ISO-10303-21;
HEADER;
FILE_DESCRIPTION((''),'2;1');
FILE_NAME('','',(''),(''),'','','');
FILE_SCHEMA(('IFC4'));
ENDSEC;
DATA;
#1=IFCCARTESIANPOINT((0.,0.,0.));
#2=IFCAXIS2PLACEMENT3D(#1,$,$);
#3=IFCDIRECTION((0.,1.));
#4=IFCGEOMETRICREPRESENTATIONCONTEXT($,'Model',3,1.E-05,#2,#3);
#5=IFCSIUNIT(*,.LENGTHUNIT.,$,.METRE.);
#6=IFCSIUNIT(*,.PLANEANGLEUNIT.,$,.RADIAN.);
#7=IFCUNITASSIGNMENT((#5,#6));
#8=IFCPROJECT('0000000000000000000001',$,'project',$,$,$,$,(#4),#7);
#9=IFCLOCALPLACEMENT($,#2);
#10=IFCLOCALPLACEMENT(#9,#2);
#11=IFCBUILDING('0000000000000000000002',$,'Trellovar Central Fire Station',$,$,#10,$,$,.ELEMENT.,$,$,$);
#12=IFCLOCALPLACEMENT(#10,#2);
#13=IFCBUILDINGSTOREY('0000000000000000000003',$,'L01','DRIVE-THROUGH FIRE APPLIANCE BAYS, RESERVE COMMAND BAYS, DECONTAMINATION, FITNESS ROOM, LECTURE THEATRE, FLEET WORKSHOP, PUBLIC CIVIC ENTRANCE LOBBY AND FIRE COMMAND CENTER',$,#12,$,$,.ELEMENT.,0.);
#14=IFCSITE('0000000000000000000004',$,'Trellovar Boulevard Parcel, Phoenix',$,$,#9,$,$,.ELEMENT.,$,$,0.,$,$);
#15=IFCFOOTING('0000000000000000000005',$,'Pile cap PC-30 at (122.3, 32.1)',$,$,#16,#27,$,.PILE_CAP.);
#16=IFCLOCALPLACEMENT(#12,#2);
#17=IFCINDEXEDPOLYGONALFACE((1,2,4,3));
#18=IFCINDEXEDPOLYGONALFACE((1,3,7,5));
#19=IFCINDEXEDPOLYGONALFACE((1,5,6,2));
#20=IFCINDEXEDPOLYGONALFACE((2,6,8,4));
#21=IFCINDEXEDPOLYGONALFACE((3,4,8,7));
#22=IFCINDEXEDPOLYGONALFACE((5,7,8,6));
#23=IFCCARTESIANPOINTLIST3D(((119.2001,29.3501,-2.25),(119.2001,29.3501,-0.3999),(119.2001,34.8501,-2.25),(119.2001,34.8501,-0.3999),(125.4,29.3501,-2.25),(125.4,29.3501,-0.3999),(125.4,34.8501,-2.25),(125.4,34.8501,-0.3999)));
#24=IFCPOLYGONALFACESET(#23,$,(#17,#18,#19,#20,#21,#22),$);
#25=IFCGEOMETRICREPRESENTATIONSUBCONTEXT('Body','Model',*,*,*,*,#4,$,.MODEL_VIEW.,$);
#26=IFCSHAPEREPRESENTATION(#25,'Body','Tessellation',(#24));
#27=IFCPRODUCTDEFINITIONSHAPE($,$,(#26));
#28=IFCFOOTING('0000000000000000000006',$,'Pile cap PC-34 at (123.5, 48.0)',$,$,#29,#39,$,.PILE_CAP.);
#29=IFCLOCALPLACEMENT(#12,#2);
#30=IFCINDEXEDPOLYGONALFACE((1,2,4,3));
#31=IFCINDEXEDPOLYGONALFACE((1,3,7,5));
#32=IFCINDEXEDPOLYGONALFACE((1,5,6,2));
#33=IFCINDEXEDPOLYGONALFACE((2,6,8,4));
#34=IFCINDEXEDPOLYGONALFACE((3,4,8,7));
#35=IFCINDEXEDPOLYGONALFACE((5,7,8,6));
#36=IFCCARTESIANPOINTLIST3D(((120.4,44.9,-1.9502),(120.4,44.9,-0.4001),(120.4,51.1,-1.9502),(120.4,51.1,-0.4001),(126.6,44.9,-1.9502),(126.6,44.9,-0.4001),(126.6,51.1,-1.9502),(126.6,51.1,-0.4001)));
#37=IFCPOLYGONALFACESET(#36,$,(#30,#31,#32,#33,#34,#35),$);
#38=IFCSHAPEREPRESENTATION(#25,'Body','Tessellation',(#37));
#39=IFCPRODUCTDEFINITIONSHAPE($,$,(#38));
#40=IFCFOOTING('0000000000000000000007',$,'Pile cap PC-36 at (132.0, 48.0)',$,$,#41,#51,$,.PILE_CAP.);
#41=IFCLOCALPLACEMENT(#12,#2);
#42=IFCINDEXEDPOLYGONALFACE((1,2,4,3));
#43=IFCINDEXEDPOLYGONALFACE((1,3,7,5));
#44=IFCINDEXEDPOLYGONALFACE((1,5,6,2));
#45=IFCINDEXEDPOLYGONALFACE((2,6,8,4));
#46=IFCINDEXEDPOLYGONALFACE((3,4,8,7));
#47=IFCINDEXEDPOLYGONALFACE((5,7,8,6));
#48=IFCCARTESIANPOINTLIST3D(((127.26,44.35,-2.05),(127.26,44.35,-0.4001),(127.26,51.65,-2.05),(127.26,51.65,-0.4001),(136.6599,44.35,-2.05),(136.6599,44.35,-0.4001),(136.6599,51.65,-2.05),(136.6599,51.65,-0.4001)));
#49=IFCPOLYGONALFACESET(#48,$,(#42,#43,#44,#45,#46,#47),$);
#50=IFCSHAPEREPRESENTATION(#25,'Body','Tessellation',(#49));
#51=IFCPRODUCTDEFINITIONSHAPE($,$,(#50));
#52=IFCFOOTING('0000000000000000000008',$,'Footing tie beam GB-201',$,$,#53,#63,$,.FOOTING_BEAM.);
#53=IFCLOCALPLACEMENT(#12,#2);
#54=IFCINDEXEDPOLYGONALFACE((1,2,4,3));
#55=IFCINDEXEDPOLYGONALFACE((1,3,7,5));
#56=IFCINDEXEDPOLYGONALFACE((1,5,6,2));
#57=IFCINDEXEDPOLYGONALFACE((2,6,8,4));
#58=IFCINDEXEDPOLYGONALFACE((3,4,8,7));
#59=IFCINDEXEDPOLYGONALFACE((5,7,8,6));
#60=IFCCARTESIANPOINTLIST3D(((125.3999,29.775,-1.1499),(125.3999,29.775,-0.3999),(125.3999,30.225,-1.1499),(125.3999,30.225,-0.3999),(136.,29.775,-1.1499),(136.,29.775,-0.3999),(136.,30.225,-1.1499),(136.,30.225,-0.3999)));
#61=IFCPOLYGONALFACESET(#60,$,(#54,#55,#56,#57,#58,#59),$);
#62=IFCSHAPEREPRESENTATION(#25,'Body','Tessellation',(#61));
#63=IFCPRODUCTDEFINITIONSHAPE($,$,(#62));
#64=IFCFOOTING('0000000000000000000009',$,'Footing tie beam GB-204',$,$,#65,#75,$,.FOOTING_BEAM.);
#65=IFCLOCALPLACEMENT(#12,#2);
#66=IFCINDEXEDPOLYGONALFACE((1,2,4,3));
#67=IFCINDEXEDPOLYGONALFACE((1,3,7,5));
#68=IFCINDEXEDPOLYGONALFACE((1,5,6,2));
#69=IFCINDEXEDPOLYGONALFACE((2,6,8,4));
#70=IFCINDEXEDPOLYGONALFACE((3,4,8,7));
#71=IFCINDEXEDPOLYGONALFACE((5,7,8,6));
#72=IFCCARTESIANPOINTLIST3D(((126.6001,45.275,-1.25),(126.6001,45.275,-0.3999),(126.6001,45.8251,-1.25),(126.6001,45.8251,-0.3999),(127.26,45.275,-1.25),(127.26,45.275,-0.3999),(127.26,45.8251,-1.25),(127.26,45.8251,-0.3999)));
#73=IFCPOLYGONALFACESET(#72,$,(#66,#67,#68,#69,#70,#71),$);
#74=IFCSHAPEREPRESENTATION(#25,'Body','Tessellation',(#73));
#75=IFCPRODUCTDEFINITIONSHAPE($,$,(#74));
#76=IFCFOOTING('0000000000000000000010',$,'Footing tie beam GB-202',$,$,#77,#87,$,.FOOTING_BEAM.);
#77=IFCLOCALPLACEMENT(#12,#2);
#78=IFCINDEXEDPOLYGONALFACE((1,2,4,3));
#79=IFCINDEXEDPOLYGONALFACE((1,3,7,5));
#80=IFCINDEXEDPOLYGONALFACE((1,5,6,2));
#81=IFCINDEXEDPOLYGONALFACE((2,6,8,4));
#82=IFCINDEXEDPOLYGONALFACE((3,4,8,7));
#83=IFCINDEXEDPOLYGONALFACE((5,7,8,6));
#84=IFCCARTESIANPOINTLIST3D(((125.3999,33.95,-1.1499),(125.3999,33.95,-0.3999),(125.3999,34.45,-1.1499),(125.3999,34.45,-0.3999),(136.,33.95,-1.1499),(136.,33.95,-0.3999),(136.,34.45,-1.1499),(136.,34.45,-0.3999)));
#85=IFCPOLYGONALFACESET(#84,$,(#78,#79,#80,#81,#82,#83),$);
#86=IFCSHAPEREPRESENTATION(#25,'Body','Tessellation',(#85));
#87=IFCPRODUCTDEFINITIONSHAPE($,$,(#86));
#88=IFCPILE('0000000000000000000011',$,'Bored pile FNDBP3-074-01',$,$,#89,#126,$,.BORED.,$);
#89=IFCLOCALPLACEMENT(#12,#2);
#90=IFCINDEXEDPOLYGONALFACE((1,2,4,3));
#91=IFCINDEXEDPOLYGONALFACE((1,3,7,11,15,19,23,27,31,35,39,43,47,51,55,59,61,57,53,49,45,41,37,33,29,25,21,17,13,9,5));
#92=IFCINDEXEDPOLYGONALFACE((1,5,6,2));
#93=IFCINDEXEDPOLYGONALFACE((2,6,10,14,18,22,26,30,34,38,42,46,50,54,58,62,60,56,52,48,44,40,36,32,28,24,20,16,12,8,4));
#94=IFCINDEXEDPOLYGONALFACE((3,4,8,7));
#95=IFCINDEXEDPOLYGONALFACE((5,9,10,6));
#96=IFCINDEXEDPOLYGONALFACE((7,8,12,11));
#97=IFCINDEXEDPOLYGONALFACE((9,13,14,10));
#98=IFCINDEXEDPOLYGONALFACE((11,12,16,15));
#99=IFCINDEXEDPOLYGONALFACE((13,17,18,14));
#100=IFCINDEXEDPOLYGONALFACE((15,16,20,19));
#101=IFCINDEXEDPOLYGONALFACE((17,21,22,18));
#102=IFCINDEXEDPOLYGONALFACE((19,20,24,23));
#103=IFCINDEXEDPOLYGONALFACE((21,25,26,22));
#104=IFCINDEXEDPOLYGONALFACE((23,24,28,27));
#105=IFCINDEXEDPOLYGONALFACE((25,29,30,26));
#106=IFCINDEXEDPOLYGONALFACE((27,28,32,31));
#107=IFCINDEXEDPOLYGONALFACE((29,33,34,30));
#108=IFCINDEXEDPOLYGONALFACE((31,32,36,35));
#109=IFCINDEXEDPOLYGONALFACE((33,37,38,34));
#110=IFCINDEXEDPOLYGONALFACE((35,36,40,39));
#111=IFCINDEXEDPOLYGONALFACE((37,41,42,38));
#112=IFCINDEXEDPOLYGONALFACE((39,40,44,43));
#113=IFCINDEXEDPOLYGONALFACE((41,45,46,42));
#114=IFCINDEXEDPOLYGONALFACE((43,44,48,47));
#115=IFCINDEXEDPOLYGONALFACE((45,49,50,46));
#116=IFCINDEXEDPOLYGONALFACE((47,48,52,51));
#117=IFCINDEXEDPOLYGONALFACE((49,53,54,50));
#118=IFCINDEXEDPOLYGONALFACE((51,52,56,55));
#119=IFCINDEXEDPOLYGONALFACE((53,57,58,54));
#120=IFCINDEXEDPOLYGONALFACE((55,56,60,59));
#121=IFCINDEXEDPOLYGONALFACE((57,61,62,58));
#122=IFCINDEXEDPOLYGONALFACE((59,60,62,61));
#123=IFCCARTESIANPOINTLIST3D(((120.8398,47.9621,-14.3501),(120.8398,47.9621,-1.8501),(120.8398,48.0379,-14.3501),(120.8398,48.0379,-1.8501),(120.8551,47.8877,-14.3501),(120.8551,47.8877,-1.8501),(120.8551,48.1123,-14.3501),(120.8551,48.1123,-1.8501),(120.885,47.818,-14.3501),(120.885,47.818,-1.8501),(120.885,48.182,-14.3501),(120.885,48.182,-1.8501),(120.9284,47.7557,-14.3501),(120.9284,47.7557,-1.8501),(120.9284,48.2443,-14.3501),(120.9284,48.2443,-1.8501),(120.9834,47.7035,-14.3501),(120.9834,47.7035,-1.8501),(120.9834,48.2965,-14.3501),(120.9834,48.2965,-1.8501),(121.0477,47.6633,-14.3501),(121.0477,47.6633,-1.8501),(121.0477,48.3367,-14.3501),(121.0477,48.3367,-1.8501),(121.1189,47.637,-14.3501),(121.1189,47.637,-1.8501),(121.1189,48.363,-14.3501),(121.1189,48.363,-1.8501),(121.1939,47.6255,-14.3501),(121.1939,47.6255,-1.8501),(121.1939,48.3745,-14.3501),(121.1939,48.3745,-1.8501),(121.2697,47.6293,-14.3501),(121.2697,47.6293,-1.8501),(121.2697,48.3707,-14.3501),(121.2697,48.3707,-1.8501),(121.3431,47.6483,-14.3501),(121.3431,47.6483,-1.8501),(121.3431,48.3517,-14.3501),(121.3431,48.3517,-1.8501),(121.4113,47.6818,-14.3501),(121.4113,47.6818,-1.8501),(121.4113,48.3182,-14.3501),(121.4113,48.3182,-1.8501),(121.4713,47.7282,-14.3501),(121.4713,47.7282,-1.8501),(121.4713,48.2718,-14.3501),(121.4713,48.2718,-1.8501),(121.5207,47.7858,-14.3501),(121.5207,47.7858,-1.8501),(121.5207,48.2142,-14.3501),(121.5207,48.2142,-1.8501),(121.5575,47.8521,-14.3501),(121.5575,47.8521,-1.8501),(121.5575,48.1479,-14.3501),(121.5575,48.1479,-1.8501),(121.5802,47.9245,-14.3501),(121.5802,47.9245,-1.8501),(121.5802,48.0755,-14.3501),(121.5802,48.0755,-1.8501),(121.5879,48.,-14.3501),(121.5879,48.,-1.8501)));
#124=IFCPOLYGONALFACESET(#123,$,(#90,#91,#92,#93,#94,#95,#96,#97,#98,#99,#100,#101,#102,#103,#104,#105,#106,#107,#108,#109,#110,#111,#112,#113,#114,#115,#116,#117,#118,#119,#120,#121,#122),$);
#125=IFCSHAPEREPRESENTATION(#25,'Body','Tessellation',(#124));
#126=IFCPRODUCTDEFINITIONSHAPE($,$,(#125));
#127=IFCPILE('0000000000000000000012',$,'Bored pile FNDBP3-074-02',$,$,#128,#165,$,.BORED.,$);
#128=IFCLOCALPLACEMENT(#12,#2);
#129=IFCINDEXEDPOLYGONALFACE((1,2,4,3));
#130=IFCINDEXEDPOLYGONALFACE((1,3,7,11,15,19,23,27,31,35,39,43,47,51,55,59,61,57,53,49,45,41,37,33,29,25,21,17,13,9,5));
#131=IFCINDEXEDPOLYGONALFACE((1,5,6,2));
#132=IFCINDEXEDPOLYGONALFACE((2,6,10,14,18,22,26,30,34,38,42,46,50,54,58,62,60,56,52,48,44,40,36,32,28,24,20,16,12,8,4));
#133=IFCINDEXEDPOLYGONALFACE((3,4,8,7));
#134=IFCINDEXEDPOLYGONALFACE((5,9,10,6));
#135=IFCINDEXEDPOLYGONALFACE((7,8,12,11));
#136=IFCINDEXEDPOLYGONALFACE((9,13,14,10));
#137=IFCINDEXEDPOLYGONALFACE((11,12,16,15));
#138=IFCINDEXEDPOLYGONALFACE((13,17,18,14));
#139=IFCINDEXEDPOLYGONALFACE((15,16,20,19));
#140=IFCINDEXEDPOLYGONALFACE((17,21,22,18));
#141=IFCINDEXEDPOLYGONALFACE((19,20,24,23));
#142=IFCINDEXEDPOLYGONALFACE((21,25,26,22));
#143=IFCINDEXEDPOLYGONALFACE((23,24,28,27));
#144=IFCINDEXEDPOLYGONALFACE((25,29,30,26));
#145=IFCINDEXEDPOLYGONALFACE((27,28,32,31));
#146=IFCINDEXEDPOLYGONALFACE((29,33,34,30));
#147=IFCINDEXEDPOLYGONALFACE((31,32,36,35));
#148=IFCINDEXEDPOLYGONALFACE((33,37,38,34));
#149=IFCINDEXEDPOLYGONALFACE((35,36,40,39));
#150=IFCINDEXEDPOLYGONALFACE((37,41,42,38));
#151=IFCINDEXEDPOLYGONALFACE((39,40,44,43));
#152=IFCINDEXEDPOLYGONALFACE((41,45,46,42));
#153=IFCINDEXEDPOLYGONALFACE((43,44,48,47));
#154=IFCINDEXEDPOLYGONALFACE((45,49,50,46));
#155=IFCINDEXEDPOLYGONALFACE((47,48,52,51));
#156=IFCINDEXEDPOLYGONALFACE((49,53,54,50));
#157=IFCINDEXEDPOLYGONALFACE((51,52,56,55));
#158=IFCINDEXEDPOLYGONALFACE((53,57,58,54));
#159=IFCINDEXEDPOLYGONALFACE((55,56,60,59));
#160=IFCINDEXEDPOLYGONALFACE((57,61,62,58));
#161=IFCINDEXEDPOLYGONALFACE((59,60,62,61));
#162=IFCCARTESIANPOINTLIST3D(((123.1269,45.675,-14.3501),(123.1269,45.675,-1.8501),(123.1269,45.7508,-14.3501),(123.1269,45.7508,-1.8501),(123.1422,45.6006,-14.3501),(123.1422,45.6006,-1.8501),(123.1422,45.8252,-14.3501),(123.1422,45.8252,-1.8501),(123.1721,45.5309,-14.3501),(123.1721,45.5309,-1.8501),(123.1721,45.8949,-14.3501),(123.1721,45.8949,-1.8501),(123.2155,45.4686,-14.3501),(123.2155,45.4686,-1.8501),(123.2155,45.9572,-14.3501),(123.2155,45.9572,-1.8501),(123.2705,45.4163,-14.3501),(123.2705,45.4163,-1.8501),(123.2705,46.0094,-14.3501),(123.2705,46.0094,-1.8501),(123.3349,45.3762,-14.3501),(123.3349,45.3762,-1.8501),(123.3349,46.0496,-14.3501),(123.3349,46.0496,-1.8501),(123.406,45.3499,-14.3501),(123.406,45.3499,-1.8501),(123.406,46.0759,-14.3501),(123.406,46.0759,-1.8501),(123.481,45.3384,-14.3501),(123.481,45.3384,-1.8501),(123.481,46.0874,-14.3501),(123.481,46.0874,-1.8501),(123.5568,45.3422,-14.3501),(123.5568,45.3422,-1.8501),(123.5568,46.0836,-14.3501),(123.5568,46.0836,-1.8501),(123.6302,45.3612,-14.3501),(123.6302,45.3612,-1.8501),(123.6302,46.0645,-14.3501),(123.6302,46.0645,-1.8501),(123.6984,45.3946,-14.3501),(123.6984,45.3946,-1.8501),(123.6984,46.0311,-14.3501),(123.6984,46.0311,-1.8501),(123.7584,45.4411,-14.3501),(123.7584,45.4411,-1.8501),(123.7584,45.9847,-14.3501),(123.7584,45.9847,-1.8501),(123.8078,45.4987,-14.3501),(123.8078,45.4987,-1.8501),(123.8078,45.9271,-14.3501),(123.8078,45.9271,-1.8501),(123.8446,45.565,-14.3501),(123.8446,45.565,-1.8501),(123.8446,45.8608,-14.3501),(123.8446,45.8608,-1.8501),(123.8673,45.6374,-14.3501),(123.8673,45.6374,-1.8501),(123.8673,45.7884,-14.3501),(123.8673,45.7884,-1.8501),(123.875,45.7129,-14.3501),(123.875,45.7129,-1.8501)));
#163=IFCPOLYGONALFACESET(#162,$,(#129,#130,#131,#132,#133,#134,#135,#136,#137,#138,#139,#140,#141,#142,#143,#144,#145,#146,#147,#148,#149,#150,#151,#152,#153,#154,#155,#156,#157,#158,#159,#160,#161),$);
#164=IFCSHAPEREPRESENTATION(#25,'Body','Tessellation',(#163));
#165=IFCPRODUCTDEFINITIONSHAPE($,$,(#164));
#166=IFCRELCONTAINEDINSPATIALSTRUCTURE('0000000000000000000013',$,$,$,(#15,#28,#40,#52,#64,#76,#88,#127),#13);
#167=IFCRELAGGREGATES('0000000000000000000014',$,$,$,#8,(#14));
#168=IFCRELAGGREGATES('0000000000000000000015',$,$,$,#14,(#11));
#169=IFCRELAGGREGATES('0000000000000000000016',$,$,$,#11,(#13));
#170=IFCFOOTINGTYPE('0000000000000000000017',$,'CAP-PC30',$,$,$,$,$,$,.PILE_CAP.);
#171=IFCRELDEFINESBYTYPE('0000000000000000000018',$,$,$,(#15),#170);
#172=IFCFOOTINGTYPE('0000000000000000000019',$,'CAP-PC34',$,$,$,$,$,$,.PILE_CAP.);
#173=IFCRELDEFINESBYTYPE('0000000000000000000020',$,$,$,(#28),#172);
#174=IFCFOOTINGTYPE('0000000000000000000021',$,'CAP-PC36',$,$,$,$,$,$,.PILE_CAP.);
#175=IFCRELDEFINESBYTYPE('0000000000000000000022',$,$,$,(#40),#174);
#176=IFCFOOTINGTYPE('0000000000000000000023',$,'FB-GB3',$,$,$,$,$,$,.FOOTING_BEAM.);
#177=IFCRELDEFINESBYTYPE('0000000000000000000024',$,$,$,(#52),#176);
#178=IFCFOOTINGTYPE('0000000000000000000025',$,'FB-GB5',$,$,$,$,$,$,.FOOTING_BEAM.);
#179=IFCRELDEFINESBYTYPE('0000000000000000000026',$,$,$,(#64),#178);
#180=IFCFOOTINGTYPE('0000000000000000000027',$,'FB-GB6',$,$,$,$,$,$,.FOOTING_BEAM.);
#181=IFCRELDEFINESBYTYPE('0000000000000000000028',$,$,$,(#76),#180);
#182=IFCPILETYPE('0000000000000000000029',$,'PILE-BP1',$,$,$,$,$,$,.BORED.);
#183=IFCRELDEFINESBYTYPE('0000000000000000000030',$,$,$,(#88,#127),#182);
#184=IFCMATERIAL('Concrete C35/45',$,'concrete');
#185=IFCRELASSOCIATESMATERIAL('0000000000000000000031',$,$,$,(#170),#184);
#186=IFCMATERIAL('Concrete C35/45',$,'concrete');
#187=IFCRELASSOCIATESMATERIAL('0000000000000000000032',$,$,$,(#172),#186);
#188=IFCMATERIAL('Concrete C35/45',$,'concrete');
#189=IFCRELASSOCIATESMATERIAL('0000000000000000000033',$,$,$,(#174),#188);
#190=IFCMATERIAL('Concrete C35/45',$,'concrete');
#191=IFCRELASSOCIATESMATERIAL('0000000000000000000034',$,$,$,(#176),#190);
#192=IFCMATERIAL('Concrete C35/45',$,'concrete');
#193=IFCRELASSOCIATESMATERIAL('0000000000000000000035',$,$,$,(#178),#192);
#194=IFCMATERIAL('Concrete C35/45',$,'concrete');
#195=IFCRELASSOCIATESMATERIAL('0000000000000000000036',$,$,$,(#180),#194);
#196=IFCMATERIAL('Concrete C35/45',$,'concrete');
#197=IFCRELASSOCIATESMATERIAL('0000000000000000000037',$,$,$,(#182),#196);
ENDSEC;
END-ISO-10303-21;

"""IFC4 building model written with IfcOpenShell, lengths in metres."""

from ifc_helpers import new_model, si_unit, direction, frame, origin, origin_2d, place, context, subcontext, project, spatial, rectangle, circle, extrude, material, material_profile, profile_set, type_object, element, save


model = new_model("IFC4")

# Units and contexts
model_context = context("Model", 3, precision=1e-05, world=origin(), true_north=direction((0.0, 1.0)))
body_context = subcontext(model_context, "Body", "Model", "MODEL_VIEW")
ifc_project = project(units=[si_unit("LENGTHUNIT", "METRE"), si_unit("PLANEANGLEUNIT", "RADIAN")], contexts=[model_context])

# Site, building, storey
site_placement = place(None, origin())
site = spatial("IfcSite", under=ifc_project, at=site_placement, Name="Trellovar Boulevard Parcel, Phoenix", CompositionType="ELEMENT", RefElevation=0.0)
building_placement = place(site_placement, origin())
building = spatial("IfcBuilding", under=site, at=building_placement, Name="Trellovar Central Fire Station", CompositionType="ELEMENT")
storey_placement = place(building_placement, origin())
storey = spatial("IfcBuildingStorey", under=building, at=storey_placement, Name="L01", Description="DRIVE-THROUGH FIRE APPLIANCE BAYS, RESERVE COMMAND BAYS, DECONTAMINATION, FITNESS ROOM, LECTURE THEATRE, FLEET WORKSHOP, PUBLIC CIVIC ENTRANCE LOBBY AND FIRE COMMAND CENTER", CompositionType="ELEMENT", Elevation=0.0)

# Footings
ifc_material_1 = material(Name="Concrete C35/45", Category="concrete")
footing_type_1 = type_object("IfcFootingType", Name="CAP-PC30", PredefinedType="PILE_CAP", material=ifc_material_1)
footing_1_placement = place(storey_placement, frame((122.3, 32.1001, -2.25), z_axis=(0.0, 0.0, 1.0), x_axis=(1.0, 0.0, 0.0)))
element("IfcFooting", 1, at=footing_1_placement, inside=storey, type_object=footing_type_1, Name="Pile cap PC-30 at (122.3, 32.1)", PredefinedType="PILE_CAP", context=body_context, shape_type="SweptSolid", body=[
    extrude(rectangle(XDim=6.2, YDim=5.5, at=origin_2d()), origin(), (0.0, 0.0, 1.0), 1.8501),
])
ifc_material_2 = material(Name="Concrete C35/45", Category="concrete")
footing_type_2 = type_object("IfcFootingType", Name="CAP-PC34", PredefinedType="PILE_CAP", material=ifc_material_2)
footing_2_placement = place(storey_placement, frame((123.5, 48.0, -1.9502), z_axis=(0.0, 0.0, 1.0), x_axis=(1.0, 0.0, 0.0)))
element("IfcFooting", 2, at=footing_2_placement, inside=storey, type_object=footing_type_2, Name="Pile cap PC-34 at (123.5, 48.0)", PredefinedType="PILE_CAP", context=body_context, shape_type="SweptSolid", body=[
    extrude(rectangle(XDim=6.2, YDim=6.2, at=origin_2d()), origin(), (0.0, 0.0, 1.0), 1.55),
])
ifc_material_3 = material(Name="Concrete C35/45", Category="concrete")
footing_type_3 = type_object("IfcFootingType", Name="CAP-PC36", PredefinedType="PILE_CAP", material=ifc_material_3)
footing_3_placement = place(storey_placement, frame((131.96, 48.0, -2.05), z_axis=(0.0, 0.0, 1.0), x_axis=(1.0, 0.0, 0.0)))
element("IfcFooting", 3, at=footing_3_placement, inside=storey, type_object=footing_type_3, Name="Pile cap PC-36 at (132.0, 48.0)", PredefinedType="PILE_CAP", context=body_context, shape_type="SweptSolid", body=[
    extrude(rectangle(XDim=9.3999, YDim=7.3, at=origin_2d()), origin(), (0.0, 0.0, 1.0), 1.6499),
])
ifc_material_4 = material(Name="Concrete C35/45", Category="concrete")
ifc_material_profile_1 = material_profile(ifc_material_4, rectangle(XDim=0.45, YDim=0.75, at=origin_2d()), Name="RC450X750")
ifc_profile_set_1 = profile_set([ifc_material_profile_1], Name="Concrete C35/45")
footing_type_4 = type_object("IfcFootingType", Name="FB-GB3", PredefinedType="FOOTING_BEAM", material=ifc_profile_set_1)
footing_4_placement = place(storey_placement, frame((125.3999, 30.0, -0.7749), z_axis=(1.0, 0.0, 0.0), x_axis=(0.0, 1.0, 0.0)))
element("IfcFooting", 4, at=footing_4_placement, inside=storey, type_object=footing_type_4, Name="Footing tie beam GB-201", PredefinedType="FOOTING_BEAM", context=body_context, shape_type="SweptSolid", body=[
    extrude(rectangle(XDim=0.45, YDim=0.75, at=origin_2d()), origin(), (0.0, 0.0, 1.0), 10.6001),
])
ifc_material_5 = material(Name="Concrete C35/45", Category="concrete")
ifc_material_profile_2 = material_profile(ifc_material_5, rectangle(XDim=0.55, YDim=0.8501, at=origin_2d()), Name="RC550X850")
ifc_profile_set_2 = profile_set([ifc_material_profile_2], Name="Concrete C35/45")
footing_type_5 = type_object("IfcFootingType", Name="FB-GB5", PredefinedType="FOOTING_BEAM", material=ifc_profile_set_2)
footing_5_placement = place(storey_placement, frame((126.6001, 45.55, -0.825), z_axis=(1.0, 0.0, 0.0), x_axis=(0.0, 1.0, 0.0)))
element("IfcFooting", 5, at=footing_5_placement, inside=storey, type_object=footing_type_5, Name="Footing tie beam GB-204", PredefinedType="FOOTING_BEAM", context=body_context, shape_type="SweptSolid", body=[
    extrude(rectangle(XDim=0.55, YDim=0.8501, at=origin_2d()), origin(), (0.0, 0.0, 1.0), 0.6599),
])
ifc_material_6 = material(Name="Concrete C35/45", Category="concrete")
ifc_material_profile_3 = material_profile(ifc_material_6, rectangle(XDim=0.5, YDim=0.75, at=origin_2d()), Name="RC500X750")
ifc_profile_set_3 = profile_set([ifc_material_profile_3], Name="Concrete C35/45")
footing_type_6 = type_object("IfcFootingType", Name="FB-GB6", PredefinedType="FOOTING_BEAM", material=ifc_profile_set_3)
footing_6_placement = place(storey_placement, frame((125.3999, 34.2, -0.7749), z_axis=(1.0, 0.0, 0.0), x_axis=(0.0, 1.0, 0.0)))
element("IfcFooting", 6, at=footing_6_placement, inside=storey, type_object=footing_type_6, Name="Footing tie beam GB-202", PredefinedType="FOOTING_BEAM", context=body_context, shape_type="SweptSolid", body=[
    extrude(rectangle(XDim=0.5, YDim=0.75, at=origin_2d()), origin(), (0.0, 0.0, 1.0), 10.6001),
])

# Piles
ifc_material_7 = material(Name="Concrete C35/45", Category="concrete")
ifc_material_profile_4 = material_profile(ifc_material_7, circle(Radius=0.375, at=origin_2d()), Name="PILE750")
ifc_profile_set_4 = profile_set([ifc_material_profile_4], Name="Concrete C35/45")
pile_type = type_object("IfcPileType", Name="PILE-BP1", PredefinedType="BORED", material=ifc_profile_set_4)
for number, where, z_axis, x_axis, name in (
    (7, (121.2129, 48.0, -1.8501), (0.0, 0.0, -1.0), (1.0, 0.0, 0.0), "Bored pile FNDBP3-074-01"),
    (8, (123.5, 45.7129, -1.8501), (0.0, 0.0, -1.0), (1.0, 0.0, 0.0), "Bored pile FNDBP3-074-02"),
):
    element("IfcPile", number, at=place(storey_placement, frame(where, z_axis=z_axis, x_axis=x_axis)), inside=storey, type_object=pile_type, Name=name, PredefinedType="BORED", context=body_context, shape_type="SweptSolid", body=[
        extrude(circle(Radius=0.375, at=origin_2d()), origin(), (0.0, 0.0, 1.0), 12.5),
    ])

save(model, "model.ifc")
